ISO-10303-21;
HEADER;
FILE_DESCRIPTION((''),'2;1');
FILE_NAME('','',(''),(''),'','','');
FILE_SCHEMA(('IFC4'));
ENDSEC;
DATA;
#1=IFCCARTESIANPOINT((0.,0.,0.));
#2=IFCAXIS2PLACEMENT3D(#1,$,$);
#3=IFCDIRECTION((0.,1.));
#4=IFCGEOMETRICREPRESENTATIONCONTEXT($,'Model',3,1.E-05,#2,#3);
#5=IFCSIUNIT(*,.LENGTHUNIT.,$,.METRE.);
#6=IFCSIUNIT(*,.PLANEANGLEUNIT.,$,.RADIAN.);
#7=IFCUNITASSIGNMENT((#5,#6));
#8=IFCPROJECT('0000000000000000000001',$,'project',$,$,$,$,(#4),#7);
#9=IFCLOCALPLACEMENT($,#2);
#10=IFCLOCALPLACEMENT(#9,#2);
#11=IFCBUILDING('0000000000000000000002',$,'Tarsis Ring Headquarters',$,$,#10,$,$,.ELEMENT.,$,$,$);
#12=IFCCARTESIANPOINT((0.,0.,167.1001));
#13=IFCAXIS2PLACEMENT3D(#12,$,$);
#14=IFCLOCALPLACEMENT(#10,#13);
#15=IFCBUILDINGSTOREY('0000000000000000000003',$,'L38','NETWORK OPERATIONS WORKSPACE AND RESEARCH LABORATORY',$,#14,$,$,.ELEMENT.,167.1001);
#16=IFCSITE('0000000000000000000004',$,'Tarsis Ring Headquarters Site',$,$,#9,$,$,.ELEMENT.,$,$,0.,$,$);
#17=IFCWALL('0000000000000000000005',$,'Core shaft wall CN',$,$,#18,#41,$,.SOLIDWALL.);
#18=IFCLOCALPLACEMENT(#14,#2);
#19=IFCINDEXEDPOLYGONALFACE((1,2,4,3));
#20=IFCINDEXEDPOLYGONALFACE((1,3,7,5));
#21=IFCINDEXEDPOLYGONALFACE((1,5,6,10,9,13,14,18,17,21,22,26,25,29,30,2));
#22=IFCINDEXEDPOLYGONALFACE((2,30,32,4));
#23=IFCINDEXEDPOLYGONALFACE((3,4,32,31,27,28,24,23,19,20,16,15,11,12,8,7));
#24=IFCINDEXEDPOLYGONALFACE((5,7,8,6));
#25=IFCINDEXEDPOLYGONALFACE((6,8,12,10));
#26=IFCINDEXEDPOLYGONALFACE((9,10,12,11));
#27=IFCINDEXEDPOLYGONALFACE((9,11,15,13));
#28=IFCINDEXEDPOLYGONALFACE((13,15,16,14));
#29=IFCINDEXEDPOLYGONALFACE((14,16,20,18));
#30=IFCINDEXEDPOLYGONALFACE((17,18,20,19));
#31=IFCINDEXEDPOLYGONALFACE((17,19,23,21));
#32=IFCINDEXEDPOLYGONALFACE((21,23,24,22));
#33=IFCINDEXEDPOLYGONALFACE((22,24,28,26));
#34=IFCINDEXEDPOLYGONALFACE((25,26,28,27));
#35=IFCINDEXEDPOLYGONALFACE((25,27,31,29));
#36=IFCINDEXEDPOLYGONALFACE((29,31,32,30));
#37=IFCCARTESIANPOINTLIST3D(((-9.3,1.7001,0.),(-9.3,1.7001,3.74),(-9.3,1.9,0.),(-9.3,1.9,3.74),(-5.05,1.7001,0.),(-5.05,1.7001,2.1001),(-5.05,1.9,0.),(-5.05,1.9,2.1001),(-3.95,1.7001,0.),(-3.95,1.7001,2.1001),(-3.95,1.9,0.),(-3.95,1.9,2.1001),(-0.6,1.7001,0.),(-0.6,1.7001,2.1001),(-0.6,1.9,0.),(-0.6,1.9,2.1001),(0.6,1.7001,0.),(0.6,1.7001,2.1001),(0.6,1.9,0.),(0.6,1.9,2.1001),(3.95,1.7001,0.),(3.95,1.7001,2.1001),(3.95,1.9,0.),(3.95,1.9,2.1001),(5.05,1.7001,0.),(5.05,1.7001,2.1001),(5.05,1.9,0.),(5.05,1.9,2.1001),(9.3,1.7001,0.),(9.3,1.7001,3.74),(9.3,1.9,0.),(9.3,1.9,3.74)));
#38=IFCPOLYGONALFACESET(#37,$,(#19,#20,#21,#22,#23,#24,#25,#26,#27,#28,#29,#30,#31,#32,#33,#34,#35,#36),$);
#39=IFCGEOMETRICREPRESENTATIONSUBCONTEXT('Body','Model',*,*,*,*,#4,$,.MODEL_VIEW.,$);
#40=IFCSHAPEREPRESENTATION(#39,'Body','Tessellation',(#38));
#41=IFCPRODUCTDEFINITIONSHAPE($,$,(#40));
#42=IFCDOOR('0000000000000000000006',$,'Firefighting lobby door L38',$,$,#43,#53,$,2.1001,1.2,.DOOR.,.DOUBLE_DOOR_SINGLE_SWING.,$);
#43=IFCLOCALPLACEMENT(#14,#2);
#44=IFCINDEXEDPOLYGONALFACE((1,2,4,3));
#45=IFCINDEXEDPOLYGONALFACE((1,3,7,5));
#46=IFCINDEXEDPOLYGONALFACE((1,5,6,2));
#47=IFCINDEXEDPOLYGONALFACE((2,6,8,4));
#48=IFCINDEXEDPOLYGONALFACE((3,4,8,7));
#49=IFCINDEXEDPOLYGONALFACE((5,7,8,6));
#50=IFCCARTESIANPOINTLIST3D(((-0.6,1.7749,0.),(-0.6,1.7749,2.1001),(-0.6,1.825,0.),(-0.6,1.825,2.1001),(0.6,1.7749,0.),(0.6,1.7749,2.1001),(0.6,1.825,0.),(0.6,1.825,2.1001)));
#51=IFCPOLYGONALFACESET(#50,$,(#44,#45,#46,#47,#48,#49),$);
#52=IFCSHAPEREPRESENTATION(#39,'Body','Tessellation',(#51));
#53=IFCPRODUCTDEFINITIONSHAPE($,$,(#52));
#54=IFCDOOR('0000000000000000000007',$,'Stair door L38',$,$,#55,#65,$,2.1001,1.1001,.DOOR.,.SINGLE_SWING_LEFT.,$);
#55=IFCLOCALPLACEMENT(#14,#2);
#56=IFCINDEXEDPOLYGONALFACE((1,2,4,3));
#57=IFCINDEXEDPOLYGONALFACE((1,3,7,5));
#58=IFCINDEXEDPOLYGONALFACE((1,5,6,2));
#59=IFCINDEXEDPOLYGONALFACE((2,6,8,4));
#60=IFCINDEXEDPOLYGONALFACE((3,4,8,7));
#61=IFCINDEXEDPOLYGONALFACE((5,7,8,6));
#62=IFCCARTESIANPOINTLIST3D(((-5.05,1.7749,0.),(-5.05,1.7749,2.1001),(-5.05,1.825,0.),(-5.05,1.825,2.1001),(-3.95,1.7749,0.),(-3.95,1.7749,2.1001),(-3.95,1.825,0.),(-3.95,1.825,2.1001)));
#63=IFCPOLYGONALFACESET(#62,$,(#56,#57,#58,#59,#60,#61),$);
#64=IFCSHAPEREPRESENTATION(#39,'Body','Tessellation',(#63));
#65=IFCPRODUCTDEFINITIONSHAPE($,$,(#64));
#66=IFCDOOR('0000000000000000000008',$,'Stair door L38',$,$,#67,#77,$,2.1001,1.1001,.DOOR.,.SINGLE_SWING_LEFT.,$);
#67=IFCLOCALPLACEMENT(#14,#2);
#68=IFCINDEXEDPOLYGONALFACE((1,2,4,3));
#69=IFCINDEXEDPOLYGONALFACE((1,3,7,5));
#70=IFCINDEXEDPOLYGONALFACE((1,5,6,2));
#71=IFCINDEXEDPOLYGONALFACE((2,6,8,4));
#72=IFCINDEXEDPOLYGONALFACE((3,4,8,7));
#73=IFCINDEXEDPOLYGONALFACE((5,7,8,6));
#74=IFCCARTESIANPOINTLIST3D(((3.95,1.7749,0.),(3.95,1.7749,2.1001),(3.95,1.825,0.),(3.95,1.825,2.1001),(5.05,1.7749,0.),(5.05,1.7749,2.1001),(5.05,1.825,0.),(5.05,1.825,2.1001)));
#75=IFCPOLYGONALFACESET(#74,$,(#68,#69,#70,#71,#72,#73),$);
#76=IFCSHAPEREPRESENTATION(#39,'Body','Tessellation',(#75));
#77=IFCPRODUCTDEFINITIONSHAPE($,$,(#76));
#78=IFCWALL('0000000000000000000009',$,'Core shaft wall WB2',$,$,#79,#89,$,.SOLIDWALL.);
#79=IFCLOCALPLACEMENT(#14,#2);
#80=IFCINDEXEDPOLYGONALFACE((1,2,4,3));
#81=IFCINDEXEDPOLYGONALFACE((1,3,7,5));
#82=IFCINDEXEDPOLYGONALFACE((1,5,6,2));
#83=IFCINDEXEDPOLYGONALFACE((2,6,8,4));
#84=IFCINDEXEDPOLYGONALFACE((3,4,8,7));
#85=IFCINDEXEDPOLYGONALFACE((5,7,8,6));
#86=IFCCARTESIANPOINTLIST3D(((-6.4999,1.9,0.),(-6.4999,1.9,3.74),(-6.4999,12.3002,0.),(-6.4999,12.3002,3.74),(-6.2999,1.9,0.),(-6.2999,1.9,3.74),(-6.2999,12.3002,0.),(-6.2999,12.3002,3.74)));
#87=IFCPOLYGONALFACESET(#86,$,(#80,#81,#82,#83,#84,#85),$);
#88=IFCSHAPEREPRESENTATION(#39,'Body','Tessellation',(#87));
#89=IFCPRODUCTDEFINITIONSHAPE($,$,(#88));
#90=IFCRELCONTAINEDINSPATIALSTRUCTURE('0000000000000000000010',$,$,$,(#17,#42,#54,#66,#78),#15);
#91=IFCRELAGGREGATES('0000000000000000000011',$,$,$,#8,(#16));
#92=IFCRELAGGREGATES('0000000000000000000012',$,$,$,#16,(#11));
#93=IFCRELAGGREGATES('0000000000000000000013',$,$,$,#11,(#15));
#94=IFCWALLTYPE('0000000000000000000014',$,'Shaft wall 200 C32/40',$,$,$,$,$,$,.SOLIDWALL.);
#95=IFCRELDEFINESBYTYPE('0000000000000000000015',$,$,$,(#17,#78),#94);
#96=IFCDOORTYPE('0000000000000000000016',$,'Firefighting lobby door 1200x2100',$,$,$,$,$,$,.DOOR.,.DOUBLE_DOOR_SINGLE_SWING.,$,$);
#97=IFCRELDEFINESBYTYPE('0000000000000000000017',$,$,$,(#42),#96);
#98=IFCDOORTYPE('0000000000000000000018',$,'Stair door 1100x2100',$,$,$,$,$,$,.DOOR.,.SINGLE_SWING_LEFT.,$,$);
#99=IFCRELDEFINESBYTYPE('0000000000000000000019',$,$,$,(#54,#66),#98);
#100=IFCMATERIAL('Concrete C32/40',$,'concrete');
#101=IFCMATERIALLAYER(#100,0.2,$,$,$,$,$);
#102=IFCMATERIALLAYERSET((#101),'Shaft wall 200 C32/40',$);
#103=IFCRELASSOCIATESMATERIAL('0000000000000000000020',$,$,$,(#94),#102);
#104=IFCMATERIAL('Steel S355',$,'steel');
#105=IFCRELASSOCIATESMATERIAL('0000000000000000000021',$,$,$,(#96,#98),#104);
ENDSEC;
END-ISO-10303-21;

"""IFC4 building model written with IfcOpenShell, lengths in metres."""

from ifc_helpers import new_model, si_unit, direction, frame, frame_2d, origin, place, context, subcontext, project, spatial, rectangle, extrude, material, layer, layer_set, type_object, element, fill, save


model = new_model("IFC4")

# Units and contexts
model_context = context("Model", 3, precision=1e-05, world=origin(), true_north=direction((0.0, 1.0)))
body_context = subcontext(model_context, "Body", "Model", "MODEL_VIEW")
ifc_project = project(units=[si_unit("LENGTHUNIT", "METRE"), si_unit("PLANEANGLEUNIT", "RADIAN")], contexts=[model_context])

# Site, building, storey
site_placement = place(None, origin())
site = spatial("IfcSite", under=ifc_project, at=site_placement, Name="Tarsis Ring Headquarters Site", CompositionType="ELEMENT", RefElevation=0.0)
building_placement = place(site_placement, origin())
building = spatial("IfcBuilding", under=site, at=building_placement, Name="Tarsis Ring Headquarters", CompositionType="ELEMENT")
storey_placement = place(building_placement, frame((0.0, 0.0, 167.1001)))
storey = spatial("IfcBuildingStorey", under=building, at=storey_placement, Name="L38", Description="NETWORK OPERATIONS WORKSPACE AND RESEARCH LABORATORY", CompositionType="ELEMENT", Elevation=167.1001)

# Shared definitions
ifc_material_1 = material(Name="Steel S355", Category="steel")

# Wall, openings, doors
ifc_material_2 = material(Name="Concrete C32/40", Category="concrete")
ifc_layer_1 = layer(ifc_material_2, 0.2)
ifc_layer_set_1 = layer_set([ifc_layer_1], Name="Shaft wall 200 C32/40")
wall_type_1 = type_object("IfcWallType", Name="Shaft wall 200 C32/40", PredefinedType="SOLIDWALL", material=ifc_layer_set_1)
wall_1_placement = place(storey_placement, frame((-9.3, 1.8, 0.0), z_axis=(0.0, 0.0, 1.0), x_axis=(1.0, 0.0, 0.0)))
wall_1 = element("IfcWall", 1, at=wall_1_placement, inside=storey, type_object=wall_type_1, Name="Core shaft wall CN", PredefinedType="SOLIDWALL", context=body_context, shape_type="SweptSolid", body=[
    extrude(rectangle(XDim=18.6001, YDim=0.2, at=frame_2d((9.3, 0.0))), origin(), (0.0, 0.0, 1.0), 3.74),
])
opening_1_placement = place(wall_1_placement, frame((4.25, 0.0, 0.0)))
opening_1 = element("IfcOpeningElement", 2, at=opening_1_placement, cuts=wall_1, PredefinedType="OPENING", context=body_context, shape_type="SweptSolid", body=[
    extrude(rectangle(XDim=1.1001, YDim=2.1001, at=frame_2d((0.55, 1.05))), frame((0.0, 0.1099, 0.0), z_axis=(0.0, -1.0, 0.0), x_axis=(1.0, 0.0, 0.0)), (0.0, 0.0, 1.0), 0.22),
])
opening_2_placement = place(wall_1_placement, frame((8.7, 0.0, 0.0)))
opening_2 = element("IfcOpeningElement", 3, at=opening_2_placement, cuts=wall_1, PredefinedType="OPENING", context=body_context, shape_type="SweptSolid", body=[
    extrude(rectangle(XDim=1.2, YDim=2.1001, at=frame_2d((0.6001, 1.05))), frame((0.0, 0.1099, 0.0), z_axis=(0.0, -1.0, 0.0), x_axis=(1.0, 0.0, 0.0)), (0.0, 0.0, 1.0), 0.22),
])
opening_3_placement = place(wall_1_placement, frame((13.25, 0.0, 0.0)))
opening_3 = element("IfcOpeningElement", 4, at=opening_3_placement, cuts=wall_1, PredefinedType="OPENING", context=body_context, shape_type="SweptSolid", body=[
    extrude(rectangle(XDim=1.1001, YDim=2.1001, at=frame_2d((0.55, 1.05))), frame((0.0, 0.1099, 0.0), z_axis=(0.0, -1.0, 0.0), x_axis=(1.0, 0.0, 0.0)), (0.0, 0.0, 1.0), 0.22),
])
door_type_1 = type_object("IfcDoorType", Name="Firefighting lobby door 1200x2100", OperationType="DOUBLE_DOOR_SINGLE_SWING", PredefinedType="DOOR", material=ifc_material_1)
door_1_placement = place(opening_2_placement, origin())
door_1 = element("IfcDoor", 5, at=door_1_placement, inside=storey, type_object=door_type_1, Name="Firefighting lobby door L38", OperationType="DOUBLE_DOOR_SINGLE_SWING", OverallHeight=2.1001, OverallWidth=1.2, PredefinedType="DOOR", context=body_context, shape_type="SweptSolid", body=[
    extrude(rectangle(XDim=1.2, YDim=2.1001, at=frame_2d((0.6001, 1.05))), frame((0.0, 0.0249, 0.0), z_axis=(0.0, -1.0, 0.0), x_axis=(1.0, 0.0, 0.0)), (0.0, 0.0, 1.0), 0.05),
])
fill(opening_2, door_1)
door_type_2 = type_object("IfcDoorType", Name="Stair door 1100x2100", OperationType="SINGLE_SWING_LEFT", PredefinedType="DOOR", material=ifc_material_1)
door_2_placement = place(opening_1_placement, origin())
door_2 = element("IfcDoor", 6, at=door_2_placement, inside=storey, type_object=door_type_2, Name="Stair door L38", OperationType="SINGLE_SWING_LEFT", OverallHeight=2.1001, OverallWidth=1.1001, PredefinedType="DOOR", context=body_context, shape_type="SweptSolid", body=[
    extrude(rectangle(XDim=1.1001, YDim=2.1001, at=frame_2d((0.55, 1.05))), frame((0.0, 0.0249, 0.0), z_axis=(0.0, -1.0, 0.0), x_axis=(1.0, 0.0, 0.0)), (0.0, 0.0, 1.0), 0.05),
])
fill(opening_1, door_2)
door_3_placement = place(opening_3_placement, origin())
door_3 = element("IfcDoor", 7, at=door_3_placement, inside=storey, type_object=door_type_2, Name="Stair door L38", OperationType="SINGLE_SWING_LEFT", OverallHeight=2.1001, OverallWidth=1.1001, PredefinedType="DOOR", context=body_context, shape_type="SweptSolid", body=[
    extrude(rectangle(XDim=1.1001, YDim=2.1001, at=frame_2d((0.55, 1.05))), frame((0.0, 0.0249, 0.0), z_axis=(0.0, -1.0, 0.0), x_axis=(1.0, 0.0, 0.0)), (0.0, 0.0, 1.0), 0.05),
])
fill(opening_3, door_3)

# Wall
wall_2_placement = place(storey_placement, frame((-6.3999, 1.8999, 0.0), z_axis=(0.0, 0.0, 1.0), x_axis=(0.0, 1.0, 0.0)))
element("IfcWall", 8, at=wall_2_placement, inside=storey, type_object=wall_type_1, Name="Core shaft wall WB2", PredefinedType="SOLIDWALL", context=body_context, shape_type="SweptSolid", body=[
    extrude(rectangle(XDim=10.4001, YDim=0.2, at=frame_2d((5.2002, 0.0))), origin(), (0.0, 0.0, 1.0), 3.74),
])

save(model, "model.ifc")
